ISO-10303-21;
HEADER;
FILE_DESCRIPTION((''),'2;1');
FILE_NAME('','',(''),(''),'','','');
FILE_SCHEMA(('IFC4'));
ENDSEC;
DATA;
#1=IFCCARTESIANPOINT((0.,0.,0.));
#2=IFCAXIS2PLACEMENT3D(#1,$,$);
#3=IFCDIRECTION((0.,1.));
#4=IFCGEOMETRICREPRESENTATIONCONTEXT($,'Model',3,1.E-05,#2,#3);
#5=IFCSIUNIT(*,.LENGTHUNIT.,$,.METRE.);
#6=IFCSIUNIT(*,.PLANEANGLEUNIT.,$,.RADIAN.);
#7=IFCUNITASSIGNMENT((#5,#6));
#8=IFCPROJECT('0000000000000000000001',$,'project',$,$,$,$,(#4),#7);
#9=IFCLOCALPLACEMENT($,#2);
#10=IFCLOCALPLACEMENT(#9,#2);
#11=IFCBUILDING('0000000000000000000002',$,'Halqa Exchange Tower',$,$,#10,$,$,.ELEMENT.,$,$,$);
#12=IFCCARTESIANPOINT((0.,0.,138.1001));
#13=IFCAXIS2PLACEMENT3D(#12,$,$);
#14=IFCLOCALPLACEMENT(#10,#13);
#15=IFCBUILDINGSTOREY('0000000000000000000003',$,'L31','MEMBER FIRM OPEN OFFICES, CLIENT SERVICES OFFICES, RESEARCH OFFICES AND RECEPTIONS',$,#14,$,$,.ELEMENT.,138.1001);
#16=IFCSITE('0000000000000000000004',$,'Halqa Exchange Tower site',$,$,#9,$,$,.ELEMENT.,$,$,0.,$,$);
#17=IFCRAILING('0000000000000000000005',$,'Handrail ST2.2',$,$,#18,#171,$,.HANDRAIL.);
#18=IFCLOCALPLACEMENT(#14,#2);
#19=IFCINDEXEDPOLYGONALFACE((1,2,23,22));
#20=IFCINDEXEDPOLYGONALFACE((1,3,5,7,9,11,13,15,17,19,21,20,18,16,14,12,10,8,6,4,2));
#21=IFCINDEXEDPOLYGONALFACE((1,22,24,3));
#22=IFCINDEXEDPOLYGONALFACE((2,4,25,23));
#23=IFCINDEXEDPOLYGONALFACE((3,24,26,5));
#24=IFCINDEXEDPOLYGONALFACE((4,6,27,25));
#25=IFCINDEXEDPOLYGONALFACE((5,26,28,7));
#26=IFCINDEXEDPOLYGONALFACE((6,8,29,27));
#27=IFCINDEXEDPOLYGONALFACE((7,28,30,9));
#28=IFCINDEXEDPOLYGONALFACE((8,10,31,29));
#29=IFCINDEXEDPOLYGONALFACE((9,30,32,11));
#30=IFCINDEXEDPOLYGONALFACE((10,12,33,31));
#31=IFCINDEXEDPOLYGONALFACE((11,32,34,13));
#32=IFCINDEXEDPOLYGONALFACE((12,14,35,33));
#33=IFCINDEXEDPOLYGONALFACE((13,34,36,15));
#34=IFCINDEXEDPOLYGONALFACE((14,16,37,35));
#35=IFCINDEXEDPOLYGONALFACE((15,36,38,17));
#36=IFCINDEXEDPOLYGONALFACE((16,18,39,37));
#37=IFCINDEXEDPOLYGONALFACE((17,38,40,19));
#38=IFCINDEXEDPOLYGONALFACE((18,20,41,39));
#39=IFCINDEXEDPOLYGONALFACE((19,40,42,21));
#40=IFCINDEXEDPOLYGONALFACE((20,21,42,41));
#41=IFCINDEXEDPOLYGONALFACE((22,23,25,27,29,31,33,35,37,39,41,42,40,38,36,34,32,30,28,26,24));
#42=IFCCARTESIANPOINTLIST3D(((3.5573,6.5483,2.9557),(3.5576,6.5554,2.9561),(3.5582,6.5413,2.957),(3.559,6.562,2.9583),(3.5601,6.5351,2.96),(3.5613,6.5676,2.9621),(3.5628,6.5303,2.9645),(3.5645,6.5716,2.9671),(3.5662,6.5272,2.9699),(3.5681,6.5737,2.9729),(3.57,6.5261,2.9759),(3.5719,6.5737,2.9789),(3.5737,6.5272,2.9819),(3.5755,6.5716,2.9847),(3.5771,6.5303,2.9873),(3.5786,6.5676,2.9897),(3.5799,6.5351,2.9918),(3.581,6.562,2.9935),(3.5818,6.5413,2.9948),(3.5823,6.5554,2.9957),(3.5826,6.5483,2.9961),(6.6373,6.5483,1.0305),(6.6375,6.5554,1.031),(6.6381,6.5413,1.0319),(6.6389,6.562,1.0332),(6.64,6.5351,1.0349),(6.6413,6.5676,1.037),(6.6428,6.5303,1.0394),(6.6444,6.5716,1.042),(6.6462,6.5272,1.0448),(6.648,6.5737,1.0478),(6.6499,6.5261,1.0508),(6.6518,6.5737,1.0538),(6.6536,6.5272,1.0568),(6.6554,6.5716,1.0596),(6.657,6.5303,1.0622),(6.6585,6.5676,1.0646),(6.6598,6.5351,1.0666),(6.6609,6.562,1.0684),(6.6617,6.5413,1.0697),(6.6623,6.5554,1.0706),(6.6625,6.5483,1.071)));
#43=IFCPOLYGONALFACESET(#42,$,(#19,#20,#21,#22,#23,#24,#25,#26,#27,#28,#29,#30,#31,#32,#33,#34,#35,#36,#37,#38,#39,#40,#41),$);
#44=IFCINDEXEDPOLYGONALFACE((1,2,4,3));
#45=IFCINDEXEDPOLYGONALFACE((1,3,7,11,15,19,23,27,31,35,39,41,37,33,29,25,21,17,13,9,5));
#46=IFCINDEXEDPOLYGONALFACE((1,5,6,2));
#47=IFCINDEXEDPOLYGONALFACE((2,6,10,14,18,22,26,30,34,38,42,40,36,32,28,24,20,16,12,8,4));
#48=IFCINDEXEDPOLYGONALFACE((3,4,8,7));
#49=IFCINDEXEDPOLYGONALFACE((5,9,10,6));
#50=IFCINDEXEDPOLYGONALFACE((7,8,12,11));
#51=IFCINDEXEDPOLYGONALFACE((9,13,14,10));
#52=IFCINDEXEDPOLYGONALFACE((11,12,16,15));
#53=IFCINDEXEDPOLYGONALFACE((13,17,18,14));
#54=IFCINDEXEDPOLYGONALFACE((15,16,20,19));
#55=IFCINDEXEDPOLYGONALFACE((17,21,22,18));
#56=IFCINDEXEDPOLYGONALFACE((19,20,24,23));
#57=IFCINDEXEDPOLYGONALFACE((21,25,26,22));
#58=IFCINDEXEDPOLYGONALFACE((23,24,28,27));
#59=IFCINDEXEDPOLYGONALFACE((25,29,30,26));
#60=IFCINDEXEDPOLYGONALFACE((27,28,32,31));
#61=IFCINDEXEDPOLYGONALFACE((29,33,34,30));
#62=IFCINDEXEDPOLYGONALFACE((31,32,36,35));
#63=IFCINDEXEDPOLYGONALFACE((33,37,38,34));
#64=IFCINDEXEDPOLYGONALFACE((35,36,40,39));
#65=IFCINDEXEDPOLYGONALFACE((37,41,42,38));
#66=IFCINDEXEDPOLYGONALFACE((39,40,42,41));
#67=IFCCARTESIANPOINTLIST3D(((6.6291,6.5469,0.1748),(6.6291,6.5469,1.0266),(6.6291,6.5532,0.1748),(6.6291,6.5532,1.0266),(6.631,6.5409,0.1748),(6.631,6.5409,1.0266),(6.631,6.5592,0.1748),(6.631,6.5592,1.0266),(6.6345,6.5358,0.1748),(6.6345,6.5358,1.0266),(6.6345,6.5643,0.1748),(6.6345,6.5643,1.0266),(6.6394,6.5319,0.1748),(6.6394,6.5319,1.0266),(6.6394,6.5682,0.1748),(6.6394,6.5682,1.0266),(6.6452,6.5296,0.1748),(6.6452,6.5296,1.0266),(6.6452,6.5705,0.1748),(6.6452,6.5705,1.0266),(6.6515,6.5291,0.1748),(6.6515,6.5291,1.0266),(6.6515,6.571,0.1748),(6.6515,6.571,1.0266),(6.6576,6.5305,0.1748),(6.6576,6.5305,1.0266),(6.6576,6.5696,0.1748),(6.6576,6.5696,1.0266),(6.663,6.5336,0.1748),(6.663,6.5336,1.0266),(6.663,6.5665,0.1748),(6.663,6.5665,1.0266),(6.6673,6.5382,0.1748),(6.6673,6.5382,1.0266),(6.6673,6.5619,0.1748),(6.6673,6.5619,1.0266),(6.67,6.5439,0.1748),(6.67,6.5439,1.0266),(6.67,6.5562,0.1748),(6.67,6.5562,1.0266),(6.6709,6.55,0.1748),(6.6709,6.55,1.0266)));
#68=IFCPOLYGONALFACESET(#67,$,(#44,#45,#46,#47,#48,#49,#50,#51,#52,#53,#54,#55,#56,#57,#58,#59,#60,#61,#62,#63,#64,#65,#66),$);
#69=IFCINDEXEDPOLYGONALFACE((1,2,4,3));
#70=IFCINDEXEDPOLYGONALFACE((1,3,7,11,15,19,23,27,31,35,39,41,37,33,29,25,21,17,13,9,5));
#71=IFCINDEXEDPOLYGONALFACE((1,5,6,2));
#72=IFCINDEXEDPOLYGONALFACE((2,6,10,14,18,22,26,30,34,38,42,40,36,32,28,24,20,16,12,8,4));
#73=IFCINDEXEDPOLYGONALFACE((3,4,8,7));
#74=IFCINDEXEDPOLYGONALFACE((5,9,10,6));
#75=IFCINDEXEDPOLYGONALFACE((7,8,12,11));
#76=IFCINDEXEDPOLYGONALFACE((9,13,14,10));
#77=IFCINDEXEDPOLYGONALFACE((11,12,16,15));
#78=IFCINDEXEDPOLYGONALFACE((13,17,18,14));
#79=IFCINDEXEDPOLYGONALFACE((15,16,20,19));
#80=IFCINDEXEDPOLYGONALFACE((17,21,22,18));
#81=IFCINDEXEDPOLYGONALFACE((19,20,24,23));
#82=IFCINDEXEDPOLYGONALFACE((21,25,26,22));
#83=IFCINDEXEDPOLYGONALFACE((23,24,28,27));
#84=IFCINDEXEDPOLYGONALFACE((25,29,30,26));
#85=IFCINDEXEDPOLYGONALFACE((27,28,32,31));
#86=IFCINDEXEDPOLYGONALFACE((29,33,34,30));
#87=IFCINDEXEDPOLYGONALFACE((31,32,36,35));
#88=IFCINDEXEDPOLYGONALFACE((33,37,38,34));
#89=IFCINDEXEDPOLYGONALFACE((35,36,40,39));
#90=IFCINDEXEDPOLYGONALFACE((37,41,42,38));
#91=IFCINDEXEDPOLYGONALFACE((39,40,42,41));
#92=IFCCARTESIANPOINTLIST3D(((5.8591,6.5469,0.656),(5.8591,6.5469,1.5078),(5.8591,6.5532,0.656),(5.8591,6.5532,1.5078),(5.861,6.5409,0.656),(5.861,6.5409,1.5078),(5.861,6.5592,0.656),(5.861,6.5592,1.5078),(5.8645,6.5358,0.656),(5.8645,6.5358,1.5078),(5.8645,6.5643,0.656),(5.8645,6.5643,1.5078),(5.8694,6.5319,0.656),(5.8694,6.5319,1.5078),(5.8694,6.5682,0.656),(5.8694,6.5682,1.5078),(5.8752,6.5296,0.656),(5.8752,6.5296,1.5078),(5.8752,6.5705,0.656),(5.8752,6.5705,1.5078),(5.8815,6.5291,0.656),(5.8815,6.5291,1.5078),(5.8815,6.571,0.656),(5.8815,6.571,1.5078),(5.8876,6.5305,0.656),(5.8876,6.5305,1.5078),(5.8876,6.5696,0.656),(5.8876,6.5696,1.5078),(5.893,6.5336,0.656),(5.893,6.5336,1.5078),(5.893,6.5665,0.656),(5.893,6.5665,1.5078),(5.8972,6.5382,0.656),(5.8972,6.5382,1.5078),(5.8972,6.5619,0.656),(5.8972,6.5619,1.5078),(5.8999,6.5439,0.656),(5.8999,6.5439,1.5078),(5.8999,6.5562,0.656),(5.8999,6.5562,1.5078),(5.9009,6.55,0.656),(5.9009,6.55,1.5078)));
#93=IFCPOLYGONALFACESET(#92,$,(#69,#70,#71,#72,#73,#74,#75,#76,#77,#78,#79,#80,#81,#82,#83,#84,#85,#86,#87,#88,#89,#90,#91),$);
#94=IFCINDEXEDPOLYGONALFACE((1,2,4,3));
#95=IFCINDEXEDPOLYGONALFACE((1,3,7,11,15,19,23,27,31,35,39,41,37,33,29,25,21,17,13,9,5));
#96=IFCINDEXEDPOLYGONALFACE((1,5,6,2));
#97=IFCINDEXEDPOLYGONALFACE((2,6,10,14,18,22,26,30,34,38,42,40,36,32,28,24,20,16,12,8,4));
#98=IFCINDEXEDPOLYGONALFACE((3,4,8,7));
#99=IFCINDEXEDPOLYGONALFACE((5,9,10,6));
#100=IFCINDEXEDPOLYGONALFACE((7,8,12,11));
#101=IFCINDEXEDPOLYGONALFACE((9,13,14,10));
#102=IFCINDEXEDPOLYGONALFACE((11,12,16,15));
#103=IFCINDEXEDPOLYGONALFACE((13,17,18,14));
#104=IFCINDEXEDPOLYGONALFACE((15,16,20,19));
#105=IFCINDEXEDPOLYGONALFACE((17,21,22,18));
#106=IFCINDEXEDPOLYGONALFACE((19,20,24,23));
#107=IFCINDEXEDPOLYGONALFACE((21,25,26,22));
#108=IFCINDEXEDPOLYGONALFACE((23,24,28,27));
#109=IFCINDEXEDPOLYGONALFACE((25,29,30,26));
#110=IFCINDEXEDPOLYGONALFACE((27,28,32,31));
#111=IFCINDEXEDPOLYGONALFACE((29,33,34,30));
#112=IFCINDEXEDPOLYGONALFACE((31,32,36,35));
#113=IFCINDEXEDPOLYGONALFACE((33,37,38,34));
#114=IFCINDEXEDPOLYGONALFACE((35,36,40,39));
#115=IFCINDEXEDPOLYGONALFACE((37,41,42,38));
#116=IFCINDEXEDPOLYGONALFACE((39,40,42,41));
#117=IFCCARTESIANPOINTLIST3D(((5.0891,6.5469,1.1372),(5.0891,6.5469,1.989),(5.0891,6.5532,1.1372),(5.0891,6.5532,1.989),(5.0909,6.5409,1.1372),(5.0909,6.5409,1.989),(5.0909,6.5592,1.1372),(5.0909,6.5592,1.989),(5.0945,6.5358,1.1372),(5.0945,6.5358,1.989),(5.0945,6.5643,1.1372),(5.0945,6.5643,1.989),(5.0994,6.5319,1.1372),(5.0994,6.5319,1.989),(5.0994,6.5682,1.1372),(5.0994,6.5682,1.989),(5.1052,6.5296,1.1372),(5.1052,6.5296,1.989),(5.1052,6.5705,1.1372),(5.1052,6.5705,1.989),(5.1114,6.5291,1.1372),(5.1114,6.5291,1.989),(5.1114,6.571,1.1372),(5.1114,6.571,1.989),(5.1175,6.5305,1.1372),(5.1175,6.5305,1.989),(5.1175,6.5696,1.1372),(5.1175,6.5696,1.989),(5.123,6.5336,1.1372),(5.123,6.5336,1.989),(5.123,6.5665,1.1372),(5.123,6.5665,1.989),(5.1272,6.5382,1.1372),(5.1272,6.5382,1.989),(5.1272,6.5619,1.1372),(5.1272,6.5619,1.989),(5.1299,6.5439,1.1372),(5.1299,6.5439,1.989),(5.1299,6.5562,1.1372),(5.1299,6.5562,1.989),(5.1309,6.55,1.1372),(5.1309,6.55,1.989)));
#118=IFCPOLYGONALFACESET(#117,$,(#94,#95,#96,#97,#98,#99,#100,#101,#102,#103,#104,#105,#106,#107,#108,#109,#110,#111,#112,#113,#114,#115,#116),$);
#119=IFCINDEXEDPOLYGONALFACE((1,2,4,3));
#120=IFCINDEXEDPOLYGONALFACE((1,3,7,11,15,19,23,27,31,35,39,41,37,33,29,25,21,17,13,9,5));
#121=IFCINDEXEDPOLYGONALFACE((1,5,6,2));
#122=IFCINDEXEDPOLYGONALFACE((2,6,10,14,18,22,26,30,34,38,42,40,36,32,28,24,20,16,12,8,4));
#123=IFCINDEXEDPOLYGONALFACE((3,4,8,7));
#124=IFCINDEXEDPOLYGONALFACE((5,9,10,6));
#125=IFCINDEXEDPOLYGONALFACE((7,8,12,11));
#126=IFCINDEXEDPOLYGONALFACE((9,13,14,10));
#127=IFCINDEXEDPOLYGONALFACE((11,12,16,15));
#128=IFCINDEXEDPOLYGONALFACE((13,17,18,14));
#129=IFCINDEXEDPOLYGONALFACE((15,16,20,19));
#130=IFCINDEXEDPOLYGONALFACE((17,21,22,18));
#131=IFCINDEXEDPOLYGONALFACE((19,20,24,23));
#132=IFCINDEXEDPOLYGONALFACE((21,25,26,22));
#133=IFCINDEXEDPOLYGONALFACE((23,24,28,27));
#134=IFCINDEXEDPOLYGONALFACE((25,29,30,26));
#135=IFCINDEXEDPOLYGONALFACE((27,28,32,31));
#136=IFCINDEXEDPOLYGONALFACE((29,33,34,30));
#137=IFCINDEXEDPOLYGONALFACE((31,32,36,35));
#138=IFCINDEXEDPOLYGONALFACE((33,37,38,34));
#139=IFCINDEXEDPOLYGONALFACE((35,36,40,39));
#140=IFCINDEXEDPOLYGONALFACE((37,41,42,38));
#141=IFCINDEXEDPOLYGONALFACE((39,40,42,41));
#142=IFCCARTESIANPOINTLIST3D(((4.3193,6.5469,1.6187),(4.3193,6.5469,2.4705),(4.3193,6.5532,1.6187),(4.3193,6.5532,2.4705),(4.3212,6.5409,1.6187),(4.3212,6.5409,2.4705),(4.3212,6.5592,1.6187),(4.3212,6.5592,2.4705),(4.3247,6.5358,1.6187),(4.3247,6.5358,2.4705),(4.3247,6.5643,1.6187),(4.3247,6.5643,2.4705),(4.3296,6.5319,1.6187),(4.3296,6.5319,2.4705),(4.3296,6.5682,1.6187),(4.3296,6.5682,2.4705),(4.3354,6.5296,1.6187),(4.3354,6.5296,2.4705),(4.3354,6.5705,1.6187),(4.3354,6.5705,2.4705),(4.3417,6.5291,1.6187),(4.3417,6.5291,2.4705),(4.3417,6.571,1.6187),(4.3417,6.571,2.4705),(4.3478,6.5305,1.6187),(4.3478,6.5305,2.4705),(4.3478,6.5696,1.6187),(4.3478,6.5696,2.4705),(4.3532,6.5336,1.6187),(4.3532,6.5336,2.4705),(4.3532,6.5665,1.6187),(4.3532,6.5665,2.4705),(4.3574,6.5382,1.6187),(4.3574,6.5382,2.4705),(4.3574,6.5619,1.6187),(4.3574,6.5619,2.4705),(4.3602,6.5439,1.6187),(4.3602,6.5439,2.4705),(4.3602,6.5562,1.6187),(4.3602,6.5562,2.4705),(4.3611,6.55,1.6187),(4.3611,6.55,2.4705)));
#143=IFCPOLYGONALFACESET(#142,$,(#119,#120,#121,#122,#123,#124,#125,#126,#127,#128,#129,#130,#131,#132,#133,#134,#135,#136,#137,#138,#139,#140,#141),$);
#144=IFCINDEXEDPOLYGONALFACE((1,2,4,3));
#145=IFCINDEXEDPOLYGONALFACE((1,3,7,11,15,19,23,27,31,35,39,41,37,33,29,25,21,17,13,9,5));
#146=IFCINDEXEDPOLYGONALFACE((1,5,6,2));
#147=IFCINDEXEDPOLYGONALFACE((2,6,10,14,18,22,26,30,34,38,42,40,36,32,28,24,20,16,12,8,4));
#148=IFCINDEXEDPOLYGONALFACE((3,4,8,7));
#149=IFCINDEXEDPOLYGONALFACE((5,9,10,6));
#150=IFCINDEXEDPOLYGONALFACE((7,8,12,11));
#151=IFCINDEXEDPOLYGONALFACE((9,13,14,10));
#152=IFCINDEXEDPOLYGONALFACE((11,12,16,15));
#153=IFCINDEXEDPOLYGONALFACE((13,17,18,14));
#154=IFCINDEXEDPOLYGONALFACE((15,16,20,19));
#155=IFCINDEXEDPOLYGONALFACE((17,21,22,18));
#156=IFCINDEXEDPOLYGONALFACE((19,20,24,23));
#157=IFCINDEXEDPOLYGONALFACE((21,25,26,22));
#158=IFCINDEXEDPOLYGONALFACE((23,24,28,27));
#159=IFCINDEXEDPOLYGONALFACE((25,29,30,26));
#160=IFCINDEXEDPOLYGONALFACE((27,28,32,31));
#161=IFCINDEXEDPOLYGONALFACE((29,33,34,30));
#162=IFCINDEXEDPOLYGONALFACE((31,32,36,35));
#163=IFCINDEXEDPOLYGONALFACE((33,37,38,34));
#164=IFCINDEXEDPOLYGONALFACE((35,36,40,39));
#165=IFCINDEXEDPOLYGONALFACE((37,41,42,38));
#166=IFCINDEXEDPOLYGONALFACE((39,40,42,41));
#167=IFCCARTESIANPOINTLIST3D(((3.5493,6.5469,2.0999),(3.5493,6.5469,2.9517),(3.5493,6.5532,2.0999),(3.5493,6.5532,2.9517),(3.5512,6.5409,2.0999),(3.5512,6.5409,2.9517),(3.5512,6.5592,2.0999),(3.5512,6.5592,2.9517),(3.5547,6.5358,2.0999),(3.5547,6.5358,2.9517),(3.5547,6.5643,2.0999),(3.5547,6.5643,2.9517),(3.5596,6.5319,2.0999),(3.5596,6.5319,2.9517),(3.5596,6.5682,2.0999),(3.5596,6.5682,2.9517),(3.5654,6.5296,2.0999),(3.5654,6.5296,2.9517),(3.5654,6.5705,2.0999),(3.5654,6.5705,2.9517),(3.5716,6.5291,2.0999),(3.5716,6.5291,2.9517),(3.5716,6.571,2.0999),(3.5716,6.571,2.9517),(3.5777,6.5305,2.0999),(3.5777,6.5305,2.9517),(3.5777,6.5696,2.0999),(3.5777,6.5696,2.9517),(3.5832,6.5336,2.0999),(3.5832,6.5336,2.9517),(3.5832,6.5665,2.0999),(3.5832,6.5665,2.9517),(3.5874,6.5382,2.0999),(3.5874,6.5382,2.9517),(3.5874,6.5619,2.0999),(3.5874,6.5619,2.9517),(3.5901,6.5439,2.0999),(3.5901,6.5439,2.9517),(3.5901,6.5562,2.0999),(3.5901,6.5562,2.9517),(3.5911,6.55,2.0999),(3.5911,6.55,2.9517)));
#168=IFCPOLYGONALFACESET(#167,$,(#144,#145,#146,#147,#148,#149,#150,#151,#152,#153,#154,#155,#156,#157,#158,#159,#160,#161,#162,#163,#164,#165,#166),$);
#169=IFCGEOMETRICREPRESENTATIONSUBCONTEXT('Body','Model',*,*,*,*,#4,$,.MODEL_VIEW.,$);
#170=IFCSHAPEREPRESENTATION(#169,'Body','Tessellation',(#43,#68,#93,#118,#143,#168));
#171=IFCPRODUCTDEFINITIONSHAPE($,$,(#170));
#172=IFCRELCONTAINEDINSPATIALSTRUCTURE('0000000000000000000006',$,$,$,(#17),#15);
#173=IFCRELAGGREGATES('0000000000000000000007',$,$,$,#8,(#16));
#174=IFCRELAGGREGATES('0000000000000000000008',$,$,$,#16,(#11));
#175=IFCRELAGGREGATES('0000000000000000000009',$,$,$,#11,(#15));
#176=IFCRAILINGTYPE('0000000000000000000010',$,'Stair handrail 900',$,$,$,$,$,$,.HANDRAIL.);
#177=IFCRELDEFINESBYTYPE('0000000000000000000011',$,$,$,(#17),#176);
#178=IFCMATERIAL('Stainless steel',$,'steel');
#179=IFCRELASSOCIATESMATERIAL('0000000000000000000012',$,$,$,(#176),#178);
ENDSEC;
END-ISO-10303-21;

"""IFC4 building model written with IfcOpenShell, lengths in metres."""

from ifc_helpers import new_model, si_unit, direction, frame, origin, origin_2d, place, context, subcontext, project, spatial, circle, extrude, material, type_object, element, save


model = new_model("IFC4")

# Units and contexts
model_context = context("Model", 3, precision=1e-05, world=origin(), true_north=direction((0.0, 1.0)))
body_context = subcontext(model_context, "Body", "Model", "MODEL_VIEW")
ifc_project = project(units=[si_unit("LENGTHUNIT", "METRE"), si_unit("PLANEANGLEUNIT", "RADIAN")], contexts=[model_context])

# Site, building, storey
site_placement = place(None, origin())
site = spatial("IfcSite", under=ifc_project, at=site_placement, Name="Halqa Exchange Tower site", CompositionType="ELEMENT", RefElevation=0.0)
building_placement = place(site_placement, origin())
building = spatial("IfcBuilding", under=site, at=building_placement, Name="Halqa Exchange Tower", CompositionType="ELEMENT")
storey_placement = place(building_placement, frame((0.0, 0.0, 138.1001)))
storey = spatial("IfcBuildingStorey", under=building, at=storey_placement, Name="L31", Description="MEMBER FIRM OPEN OFFICES, CLIENT SERVICES OFFICES, RESEARCH OFFICES AND RECEPTIONS", CompositionType="ELEMENT", Elevation=138.1001)

# Railing
ifc_material_1 = material(Name="Stainless steel", Category="steel")
railing_type_1 = type_object("IfcRailingType", Name="Stair handrail 900", PredefinedType="HANDRAIL", material=ifc_material_1)
railing_1_placement = place(storey_placement, frame((6.6499, 6.55, 0.1748)))
element("IfcRailing", 1, at=railing_1_placement, inside=storey, type_object=railing_type_1, Name="Handrail ST2.2", PredefinedType="HANDRAIL", context=body_context, shape_type="SweptSolid", body=[
    extrude(circle(Radius=0.0239, at=origin_2d()), frame((0.0, 0.0, 0.876), z_axis=(-0.847979, 0.0, 0.530029), x_axis=(0.0, -1.0, 0.0)), (0.0, 0.0, 1.0), 3.6321),
    extrude(circle(Radius=0.021, at=origin_2d()), origin(), (0.0, 0.0, 1.0), 0.8518),
    extrude(circle(Radius=0.021, at=origin_2d()), frame((-0.77, 0.0, 0.4812)), (0.0, 0.0, 1.0), 0.8518),
    extrude(circle(Radius=0.021, at=origin_2d()), frame((-1.54, 0.0, 0.9624)), (0.0, 0.0, 1.0), 0.8518),
    extrude(circle(Radius=0.021, at=origin_2d()), frame((-2.3098, 0.0, 1.4438)), (0.0, 0.0, 1.0), 0.8518),
    extrude(circle(Radius=0.021, at=origin_2d()), frame((-3.0798, 0.0, 1.925)), (0.0, 0.0, 1.0), 0.8518),
])

save(model, "model.ifc")
